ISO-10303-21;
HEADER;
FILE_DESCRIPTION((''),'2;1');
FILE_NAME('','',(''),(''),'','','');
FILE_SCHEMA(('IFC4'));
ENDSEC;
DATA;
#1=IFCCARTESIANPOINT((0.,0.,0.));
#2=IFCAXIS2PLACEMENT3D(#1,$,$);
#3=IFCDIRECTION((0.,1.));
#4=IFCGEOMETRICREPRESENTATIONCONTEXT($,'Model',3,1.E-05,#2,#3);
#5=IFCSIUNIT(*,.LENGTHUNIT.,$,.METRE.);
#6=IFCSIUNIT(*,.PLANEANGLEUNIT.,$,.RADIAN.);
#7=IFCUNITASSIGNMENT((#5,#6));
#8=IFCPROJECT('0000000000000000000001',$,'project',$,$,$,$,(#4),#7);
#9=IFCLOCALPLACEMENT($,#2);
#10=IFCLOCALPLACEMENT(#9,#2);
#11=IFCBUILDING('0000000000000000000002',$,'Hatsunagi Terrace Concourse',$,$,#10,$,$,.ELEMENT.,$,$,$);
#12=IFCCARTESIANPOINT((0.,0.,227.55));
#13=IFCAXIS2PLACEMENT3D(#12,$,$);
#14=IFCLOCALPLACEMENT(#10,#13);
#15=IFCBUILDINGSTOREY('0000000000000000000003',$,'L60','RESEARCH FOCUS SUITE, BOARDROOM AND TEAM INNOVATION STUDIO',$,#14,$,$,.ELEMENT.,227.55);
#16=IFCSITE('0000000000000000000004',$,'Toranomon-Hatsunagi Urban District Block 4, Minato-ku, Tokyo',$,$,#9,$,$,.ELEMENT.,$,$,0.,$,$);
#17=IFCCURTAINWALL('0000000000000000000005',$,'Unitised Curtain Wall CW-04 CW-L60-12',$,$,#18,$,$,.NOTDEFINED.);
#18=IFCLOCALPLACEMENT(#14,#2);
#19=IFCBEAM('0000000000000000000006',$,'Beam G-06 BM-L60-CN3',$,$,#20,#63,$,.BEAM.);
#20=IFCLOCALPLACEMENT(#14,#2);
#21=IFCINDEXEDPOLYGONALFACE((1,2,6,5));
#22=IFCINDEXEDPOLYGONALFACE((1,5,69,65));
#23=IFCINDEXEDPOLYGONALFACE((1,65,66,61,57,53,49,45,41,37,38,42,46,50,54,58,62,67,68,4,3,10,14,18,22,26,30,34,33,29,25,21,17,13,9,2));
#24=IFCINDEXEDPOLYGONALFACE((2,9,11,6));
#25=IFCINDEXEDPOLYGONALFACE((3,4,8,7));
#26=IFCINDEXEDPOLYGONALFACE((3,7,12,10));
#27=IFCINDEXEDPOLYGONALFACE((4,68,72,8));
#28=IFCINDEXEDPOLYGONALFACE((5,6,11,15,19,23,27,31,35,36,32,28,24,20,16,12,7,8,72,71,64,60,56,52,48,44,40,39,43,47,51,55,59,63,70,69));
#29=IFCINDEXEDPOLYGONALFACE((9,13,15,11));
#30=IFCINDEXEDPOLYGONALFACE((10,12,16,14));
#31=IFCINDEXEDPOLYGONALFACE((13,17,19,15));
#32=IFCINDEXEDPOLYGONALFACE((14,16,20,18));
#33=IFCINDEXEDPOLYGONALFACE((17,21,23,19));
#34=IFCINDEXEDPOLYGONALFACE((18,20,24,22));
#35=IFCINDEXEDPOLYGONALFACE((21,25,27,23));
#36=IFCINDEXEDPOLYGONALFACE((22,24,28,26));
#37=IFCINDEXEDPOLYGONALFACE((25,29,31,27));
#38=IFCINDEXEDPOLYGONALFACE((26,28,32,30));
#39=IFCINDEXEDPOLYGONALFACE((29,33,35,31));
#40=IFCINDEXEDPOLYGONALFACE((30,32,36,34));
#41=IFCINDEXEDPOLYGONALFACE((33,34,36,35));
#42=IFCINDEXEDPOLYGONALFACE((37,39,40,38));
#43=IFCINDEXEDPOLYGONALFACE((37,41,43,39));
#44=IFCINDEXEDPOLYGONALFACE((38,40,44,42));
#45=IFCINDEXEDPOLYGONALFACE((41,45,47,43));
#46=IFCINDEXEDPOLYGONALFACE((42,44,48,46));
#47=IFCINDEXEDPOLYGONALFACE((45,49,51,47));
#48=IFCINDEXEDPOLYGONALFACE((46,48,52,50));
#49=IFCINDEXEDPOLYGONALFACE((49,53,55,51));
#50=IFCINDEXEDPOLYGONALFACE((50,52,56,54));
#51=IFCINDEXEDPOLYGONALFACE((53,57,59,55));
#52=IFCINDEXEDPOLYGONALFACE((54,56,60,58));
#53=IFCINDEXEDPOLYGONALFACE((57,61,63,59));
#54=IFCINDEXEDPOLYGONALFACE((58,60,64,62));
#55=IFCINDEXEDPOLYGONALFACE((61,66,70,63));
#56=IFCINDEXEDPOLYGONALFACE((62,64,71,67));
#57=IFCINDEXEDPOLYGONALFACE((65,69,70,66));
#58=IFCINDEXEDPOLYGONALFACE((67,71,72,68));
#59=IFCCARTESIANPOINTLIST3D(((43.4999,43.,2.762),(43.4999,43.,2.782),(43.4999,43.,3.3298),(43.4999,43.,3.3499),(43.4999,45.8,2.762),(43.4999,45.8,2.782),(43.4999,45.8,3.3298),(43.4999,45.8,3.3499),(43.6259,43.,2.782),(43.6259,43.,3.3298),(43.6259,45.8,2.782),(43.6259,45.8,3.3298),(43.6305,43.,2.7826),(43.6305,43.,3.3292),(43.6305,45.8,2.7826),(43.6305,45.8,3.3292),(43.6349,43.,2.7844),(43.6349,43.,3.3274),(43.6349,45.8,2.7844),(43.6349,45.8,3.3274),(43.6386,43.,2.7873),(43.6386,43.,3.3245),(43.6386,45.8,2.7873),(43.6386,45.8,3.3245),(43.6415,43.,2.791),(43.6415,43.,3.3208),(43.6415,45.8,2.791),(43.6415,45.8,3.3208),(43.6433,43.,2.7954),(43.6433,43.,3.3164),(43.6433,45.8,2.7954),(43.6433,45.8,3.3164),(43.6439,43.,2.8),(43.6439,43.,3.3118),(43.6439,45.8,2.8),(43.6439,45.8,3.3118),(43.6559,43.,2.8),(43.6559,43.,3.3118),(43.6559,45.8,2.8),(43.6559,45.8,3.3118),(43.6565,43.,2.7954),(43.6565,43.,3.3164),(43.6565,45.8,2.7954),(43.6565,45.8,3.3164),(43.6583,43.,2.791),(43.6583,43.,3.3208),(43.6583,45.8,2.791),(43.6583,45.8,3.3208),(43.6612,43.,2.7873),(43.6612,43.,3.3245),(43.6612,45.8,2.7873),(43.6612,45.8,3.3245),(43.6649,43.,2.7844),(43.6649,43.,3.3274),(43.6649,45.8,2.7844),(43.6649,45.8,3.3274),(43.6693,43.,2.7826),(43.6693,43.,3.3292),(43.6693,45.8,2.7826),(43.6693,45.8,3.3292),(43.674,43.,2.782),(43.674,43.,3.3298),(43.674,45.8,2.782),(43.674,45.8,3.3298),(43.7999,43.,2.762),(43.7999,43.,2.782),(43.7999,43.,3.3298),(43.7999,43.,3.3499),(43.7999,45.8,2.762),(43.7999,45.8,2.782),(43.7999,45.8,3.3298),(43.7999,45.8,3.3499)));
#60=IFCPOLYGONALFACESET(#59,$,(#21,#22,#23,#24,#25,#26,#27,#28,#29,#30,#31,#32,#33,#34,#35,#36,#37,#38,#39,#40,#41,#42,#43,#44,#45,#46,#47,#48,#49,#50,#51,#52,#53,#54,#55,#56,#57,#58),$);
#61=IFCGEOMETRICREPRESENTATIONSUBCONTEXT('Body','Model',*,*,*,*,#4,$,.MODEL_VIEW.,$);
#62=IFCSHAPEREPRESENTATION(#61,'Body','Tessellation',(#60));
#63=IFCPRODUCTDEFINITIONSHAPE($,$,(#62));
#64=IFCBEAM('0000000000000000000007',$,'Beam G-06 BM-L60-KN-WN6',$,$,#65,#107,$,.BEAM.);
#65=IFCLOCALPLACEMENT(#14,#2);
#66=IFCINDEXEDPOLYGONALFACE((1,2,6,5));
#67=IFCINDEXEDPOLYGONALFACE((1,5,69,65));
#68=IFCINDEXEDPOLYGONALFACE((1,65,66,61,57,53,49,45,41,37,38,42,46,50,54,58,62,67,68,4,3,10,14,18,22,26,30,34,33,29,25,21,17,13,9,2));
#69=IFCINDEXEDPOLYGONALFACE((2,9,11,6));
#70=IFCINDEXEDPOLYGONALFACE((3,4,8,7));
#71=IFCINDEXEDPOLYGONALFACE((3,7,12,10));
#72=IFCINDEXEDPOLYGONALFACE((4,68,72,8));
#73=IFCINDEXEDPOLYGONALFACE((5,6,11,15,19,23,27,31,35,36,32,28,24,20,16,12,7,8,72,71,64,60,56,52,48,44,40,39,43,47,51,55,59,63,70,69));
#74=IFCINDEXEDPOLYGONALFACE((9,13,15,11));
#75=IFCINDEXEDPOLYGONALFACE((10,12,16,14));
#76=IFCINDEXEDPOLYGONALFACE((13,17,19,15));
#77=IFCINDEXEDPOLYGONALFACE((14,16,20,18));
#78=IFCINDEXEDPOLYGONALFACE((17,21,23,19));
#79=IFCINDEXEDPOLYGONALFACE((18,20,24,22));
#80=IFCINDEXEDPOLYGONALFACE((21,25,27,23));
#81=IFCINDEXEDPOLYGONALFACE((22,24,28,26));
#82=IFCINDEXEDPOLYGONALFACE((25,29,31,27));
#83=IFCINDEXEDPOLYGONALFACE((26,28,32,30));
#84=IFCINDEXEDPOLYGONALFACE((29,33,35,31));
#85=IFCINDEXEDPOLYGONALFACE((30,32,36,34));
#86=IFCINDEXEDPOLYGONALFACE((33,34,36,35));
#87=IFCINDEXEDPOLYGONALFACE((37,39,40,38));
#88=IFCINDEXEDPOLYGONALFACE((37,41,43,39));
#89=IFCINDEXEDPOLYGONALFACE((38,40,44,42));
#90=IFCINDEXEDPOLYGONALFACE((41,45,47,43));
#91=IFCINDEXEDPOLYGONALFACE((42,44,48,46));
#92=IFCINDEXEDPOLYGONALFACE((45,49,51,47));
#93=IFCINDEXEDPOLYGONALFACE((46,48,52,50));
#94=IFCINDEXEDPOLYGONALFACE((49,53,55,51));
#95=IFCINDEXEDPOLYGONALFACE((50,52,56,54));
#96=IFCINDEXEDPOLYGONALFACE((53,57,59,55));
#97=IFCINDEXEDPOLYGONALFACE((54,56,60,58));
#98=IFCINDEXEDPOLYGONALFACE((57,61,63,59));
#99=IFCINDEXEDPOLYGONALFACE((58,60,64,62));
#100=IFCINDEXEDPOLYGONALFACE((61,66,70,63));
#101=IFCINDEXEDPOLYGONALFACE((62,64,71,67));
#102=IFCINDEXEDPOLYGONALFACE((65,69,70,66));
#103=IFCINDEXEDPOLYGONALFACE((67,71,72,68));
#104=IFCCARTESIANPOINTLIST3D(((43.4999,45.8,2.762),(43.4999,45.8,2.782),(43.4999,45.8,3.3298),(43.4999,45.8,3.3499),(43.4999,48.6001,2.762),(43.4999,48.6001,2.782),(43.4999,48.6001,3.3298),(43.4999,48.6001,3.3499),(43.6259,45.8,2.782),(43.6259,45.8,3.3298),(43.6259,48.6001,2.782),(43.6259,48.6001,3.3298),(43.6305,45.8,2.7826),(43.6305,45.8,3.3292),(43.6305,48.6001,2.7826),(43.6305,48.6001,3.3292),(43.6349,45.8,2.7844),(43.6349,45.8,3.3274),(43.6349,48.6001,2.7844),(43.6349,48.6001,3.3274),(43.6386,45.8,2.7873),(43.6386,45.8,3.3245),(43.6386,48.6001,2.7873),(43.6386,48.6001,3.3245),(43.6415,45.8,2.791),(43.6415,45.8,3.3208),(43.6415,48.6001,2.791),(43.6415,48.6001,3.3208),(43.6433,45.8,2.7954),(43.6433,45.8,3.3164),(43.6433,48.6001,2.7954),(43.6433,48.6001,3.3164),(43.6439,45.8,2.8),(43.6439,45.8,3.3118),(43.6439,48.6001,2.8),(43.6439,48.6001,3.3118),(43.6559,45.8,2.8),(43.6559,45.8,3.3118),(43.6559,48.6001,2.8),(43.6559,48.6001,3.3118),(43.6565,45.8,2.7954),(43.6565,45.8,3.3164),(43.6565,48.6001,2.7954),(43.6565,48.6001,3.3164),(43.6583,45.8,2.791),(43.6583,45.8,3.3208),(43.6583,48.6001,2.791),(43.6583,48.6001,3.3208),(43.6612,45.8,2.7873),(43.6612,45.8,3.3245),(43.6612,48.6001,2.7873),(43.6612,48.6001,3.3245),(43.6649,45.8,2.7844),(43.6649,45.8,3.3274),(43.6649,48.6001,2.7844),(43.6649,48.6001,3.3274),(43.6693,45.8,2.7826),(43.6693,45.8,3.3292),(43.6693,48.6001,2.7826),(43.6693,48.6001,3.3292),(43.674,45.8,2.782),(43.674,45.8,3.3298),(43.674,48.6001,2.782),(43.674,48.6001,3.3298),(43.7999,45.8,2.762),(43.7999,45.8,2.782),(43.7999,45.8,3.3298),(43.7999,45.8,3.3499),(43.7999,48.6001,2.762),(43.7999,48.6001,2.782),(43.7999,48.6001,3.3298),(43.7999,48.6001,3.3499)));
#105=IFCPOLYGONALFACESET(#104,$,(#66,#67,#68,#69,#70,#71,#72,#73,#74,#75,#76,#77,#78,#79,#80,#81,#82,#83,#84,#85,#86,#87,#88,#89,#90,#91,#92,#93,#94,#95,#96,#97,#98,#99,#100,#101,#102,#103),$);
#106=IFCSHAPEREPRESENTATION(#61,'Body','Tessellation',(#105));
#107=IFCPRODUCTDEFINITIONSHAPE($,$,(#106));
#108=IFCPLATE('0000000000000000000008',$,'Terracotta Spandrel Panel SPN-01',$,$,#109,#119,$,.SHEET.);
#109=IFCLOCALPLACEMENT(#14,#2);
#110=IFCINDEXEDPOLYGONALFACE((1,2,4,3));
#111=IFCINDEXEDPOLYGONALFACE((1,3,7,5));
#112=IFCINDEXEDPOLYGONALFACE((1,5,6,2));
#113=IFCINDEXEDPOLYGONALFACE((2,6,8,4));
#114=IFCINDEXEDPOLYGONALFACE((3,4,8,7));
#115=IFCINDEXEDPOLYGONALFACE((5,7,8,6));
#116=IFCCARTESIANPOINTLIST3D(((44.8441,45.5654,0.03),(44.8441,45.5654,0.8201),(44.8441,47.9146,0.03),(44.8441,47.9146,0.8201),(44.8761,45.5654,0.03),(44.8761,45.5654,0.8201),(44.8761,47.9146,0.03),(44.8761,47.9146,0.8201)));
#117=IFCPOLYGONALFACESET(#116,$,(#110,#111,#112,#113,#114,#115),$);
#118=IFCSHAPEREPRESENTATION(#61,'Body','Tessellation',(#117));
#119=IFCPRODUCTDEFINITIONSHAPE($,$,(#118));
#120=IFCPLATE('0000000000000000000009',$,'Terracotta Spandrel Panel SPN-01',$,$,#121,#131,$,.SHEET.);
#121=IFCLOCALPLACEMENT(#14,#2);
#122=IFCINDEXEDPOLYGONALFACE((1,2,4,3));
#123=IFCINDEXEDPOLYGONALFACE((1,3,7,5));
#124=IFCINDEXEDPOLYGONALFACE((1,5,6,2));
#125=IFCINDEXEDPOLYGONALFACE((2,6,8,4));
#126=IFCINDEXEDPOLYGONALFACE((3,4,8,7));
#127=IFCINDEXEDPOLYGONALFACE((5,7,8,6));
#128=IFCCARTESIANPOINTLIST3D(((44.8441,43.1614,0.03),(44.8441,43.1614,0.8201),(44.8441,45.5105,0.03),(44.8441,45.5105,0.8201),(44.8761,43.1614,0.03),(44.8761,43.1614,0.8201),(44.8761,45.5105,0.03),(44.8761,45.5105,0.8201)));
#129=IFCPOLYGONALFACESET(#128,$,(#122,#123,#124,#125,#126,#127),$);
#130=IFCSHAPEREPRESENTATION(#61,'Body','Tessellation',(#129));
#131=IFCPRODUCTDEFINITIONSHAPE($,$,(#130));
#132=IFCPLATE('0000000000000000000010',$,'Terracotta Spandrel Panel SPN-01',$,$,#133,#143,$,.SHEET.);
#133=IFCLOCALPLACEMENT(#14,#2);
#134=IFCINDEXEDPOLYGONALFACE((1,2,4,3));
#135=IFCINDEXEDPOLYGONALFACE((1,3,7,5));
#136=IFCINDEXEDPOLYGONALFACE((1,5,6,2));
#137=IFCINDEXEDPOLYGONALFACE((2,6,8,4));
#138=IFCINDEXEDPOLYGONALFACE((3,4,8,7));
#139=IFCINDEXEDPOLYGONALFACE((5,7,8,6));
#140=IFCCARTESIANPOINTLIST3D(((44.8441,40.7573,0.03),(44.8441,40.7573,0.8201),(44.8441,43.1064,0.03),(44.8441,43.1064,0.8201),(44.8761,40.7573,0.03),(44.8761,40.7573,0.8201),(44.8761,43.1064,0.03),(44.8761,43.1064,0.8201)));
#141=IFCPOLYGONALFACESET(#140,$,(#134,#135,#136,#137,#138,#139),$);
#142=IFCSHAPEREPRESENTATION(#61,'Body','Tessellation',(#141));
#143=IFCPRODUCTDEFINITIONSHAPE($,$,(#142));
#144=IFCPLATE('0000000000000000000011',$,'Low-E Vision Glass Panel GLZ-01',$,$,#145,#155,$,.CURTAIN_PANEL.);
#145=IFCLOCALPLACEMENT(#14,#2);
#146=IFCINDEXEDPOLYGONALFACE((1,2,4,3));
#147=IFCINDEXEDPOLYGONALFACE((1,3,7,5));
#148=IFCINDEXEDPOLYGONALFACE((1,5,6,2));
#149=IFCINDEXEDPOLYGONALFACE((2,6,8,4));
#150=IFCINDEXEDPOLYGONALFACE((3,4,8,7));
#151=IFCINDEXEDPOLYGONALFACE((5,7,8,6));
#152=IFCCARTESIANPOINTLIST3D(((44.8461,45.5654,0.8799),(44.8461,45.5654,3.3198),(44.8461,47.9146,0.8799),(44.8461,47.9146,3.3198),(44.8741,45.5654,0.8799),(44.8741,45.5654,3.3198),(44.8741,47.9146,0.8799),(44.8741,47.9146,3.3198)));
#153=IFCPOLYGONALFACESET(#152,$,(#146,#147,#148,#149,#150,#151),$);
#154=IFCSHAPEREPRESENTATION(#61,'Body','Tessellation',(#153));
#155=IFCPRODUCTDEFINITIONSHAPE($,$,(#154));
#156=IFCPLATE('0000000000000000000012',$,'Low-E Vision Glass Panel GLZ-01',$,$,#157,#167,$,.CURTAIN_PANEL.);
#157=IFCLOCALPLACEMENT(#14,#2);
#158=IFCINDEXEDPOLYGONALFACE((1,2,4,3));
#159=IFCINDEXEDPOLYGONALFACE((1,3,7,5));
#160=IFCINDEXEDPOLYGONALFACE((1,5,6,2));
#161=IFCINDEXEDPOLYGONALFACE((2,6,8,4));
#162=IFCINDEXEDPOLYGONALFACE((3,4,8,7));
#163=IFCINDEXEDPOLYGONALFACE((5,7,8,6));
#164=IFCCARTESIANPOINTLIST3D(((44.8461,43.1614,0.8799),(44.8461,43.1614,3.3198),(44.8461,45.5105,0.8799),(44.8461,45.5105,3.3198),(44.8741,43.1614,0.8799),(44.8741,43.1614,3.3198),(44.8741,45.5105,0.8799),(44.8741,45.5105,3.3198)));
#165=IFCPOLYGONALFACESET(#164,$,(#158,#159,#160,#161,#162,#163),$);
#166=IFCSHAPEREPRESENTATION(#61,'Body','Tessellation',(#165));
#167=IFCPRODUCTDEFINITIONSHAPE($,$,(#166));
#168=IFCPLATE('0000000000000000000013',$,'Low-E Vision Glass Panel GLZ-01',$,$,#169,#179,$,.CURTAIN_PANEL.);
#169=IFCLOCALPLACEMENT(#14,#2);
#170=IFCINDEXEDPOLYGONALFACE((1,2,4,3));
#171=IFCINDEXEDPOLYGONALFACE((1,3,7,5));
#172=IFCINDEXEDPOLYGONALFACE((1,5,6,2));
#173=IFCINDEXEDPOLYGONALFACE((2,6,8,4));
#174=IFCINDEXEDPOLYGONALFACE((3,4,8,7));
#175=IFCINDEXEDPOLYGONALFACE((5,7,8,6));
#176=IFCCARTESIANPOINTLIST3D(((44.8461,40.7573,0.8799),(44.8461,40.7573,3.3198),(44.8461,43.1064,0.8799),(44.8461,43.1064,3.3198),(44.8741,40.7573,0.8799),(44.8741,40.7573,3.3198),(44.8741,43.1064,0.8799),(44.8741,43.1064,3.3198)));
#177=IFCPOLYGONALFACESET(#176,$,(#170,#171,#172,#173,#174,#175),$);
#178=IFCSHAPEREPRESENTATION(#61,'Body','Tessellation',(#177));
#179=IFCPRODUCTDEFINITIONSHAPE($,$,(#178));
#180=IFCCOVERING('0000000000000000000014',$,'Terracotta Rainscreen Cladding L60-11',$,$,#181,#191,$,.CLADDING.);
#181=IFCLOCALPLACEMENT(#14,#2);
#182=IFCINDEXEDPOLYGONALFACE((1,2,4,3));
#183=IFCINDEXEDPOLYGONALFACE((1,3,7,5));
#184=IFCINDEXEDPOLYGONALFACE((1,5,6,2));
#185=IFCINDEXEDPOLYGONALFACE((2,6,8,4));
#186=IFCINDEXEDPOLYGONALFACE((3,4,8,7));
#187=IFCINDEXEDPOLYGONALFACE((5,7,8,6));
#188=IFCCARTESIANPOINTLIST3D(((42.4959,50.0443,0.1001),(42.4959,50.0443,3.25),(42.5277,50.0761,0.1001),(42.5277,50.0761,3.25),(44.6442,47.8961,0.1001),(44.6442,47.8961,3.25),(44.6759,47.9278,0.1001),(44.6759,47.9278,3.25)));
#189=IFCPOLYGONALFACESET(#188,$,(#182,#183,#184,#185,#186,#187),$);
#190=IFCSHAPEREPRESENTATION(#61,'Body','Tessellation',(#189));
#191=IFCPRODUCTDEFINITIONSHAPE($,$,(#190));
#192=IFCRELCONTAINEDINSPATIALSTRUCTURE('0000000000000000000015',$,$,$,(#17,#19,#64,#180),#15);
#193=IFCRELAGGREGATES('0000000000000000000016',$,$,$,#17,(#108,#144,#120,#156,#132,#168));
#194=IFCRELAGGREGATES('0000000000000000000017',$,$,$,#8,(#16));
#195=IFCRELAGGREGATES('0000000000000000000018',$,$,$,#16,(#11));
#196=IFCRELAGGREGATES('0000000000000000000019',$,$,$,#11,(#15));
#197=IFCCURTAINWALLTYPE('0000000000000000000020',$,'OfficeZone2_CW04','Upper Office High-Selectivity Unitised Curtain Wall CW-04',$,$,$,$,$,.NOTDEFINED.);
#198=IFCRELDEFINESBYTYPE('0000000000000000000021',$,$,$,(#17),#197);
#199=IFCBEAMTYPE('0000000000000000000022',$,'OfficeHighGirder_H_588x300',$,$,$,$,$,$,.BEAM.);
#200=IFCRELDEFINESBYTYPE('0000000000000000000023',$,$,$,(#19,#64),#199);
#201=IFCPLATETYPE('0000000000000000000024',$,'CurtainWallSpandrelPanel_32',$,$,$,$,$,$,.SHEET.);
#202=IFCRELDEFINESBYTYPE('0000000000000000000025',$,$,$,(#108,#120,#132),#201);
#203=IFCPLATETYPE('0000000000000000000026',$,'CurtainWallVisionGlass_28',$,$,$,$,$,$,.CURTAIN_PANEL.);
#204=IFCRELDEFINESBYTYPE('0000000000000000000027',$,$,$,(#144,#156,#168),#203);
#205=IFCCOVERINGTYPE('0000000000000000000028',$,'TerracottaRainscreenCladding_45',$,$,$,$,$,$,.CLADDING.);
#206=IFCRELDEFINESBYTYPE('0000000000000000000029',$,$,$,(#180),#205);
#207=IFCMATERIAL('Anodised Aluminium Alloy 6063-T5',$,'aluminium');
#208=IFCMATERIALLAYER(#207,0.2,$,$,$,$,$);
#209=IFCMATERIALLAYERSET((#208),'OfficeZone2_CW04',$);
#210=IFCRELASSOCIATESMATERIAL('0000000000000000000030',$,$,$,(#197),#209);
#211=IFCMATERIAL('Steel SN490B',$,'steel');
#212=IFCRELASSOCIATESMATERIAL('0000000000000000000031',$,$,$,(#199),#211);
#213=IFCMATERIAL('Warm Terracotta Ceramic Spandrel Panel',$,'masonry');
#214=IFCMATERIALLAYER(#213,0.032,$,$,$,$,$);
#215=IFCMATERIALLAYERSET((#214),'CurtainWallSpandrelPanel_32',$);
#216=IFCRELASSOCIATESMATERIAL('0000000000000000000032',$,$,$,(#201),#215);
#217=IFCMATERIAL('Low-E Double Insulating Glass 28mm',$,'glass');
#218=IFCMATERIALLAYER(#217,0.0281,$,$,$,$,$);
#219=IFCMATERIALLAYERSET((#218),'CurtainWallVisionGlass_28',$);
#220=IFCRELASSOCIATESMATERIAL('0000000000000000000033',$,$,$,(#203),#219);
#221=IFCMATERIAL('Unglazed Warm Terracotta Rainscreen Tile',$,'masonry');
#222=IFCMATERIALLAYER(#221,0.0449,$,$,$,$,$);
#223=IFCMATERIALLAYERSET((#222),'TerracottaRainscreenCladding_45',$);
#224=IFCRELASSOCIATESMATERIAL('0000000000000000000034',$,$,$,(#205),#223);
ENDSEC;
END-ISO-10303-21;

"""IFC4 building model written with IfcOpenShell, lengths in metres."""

from ifc_helpers import new_model, si_unit, direction, frame, origin, origin_2d, place, context, subcontext, project, spatial, rectangle, i_section, extrude, material, layer, layer_set, material_profile, profile_set, type_object, element, aggregate, save


model = new_model("IFC4")

# Units and contexts
model_context = context("Model", 3, precision=1e-05, world=origin(), true_north=direction((0.0, 1.0)))
body_context = subcontext(model_context, "Body", "Model", "MODEL_VIEW")
ifc_project = project(units=[si_unit("LENGTHUNIT", "METRE"), si_unit("PLANEANGLEUNIT", "RADIAN")], contexts=[model_context])

# Site, building, storey
site_placement = place(None, origin())
site = spatial("IfcSite", under=ifc_project, at=site_placement, Name="Toranomon-Hatsunagi Urban District Block 4, Minato-ku, Tokyo", CompositionType="ELEMENT", RefElevation=0.0)
building_placement = place(site_placement, origin())
building = spatial("IfcBuilding", under=site, at=building_placement, Name="Hatsunagi Terrace Concourse", CompositionType="ELEMENT")
storey_placement = place(building_placement, frame((0.0, 0.0, 227.55)))
storey = spatial("IfcBuildingStorey", under=building, at=storey_placement, Name="L60", Description="RESEARCH FOCUS SUITE, BOARDROOM AND TEAM INNOVATION STUDIO", CompositionType="ELEMENT", Elevation=227.55)

# Curtain wall
ifc_material_1 = material(Name="Anodised Aluminium Alloy 6063-T5", Category="aluminium")
ifc_layer_1 = layer(ifc_material_1, 0.2)
ifc_layer_set_1 = layer_set([ifc_layer_1], Name="OfficeZone2_CW04")
curtain_wall_type = type_object("IfcCurtainWallType", Name="OfficeZone2_CW04", Description="Upper Office High-Selectivity Unitised Curtain Wall CW-04", PredefinedType="NOTDEFINED", material=ifc_layer_set_1)
curtain_wall_placement = place(storey_placement, origin())
curtain_wall = element("IfcCurtainWall", 1, at=curtain_wall_placement, inside=storey, type_object=curtain_wall_type, Name="Unitised Curtain Wall CW-04 CW-L60-12", PredefinedType="NOTDEFINED")

# Beams
ifc_material_2 = material(Name="Steel SN490B", Category="steel")
ifc_material_profile_1 = material_profile(ifc_material_2, i_section(OverallWidth=0.3, OverallDepth=0.5879, WebThickness=0.012, FlangeThickness=0.02, FilletRadius=0.0181, at=origin_2d()), Name="H-588x300x12x20")
ifc_profile_set_1 = profile_set([ifc_material_profile_1], Name="Steel SN490B")
beam_type = type_object("IfcBeamType", Name="OfficeHighGirder_H_588x300", PredefinedType="BEAM", material=ifc_profile_set_1)
for number, where, z_axis, x_axis, name in (
    (2, (43.6499, 43.0, 3.0559), (0.0, 1.0, 0.0), (-1.0, 0.0, 0.0), "Beam G-06 BM-L60-CN3"),
    (3, (43.6499, 45.8, 3.0559), (0.0, 1.0, 0.0), (-1.0, 0.0, 0.0), "Beam G-06 BM-L60-KN-WN6"),
):
    element("IfcBeam", number, at=place(storey_placement, frame(where, z_axis=z_axis, x_axis=x_axis)), inside=storey, type_object=beam_type, Name=name, PredefinedType="BEAM", context=body_context, shape_type="SweptSolid", body=[
        extrude(i_section(OverallWidth=0.3, OverallDepth=0.5879, WebThickness=0.012, FlangeThickness=0.02, FilletRadius=0.0181, at=origin_2d()), origin(), (0.0, 0.0, 1.0), 2.8),
    ])

# Plates
ifc_material_3 = material(Name="Warm Terracotta Ceramic Spandrel Panel", Category="masonry")
ifc_layer_2 = layer(ifc_material_3, 0.032)
ifc_layer_set_2 = layer_set([ifc_layer_2], Name="CurtainWallSpandrelPanel_32")
plate_type_1 = type_object("IfcPlateType", Name="CurtainWallSpandrelPanel_32", PredefinedType="SHEET", material=ifc_layer_set_2)
plate_1_placement = place(storey_placement, frame((44.8601, 46.74, 0.03), z_axis=(0.0, 0.0, 1.0), x_axis=(0.0, -1.0, 0.0)))
plate_1 = element("IfcPlate", 4, at=plate_1_placement, type_object=plate_type_1, Name="Terracotta Spandrel Panel SPN-01", PredefinedType="SHEET", context=body_context, shape_type="SweptSolid", body=[
    extrude(rectangle(XDim=2.3491, YDim=0.032, at=origin_2d()), origin(), (0.0, 0.0, 1.0), 0.79),
])
plate_2_placement = place(storey_placement, frame((44.8601, 44.3359, 0.03), z_axis=(0.0, 0.0, 1.0), x_axis=(0.0, -1.0, 0.0)))
plate_2 = element("IfcPlate", 5, at=plate_2_placement, type_object=plate_type_1, Name="Terracotta Spandrel Panel SPN-01", PredefinedType="SHEET", context=body_context, shape_type="SweptSolid", body=[
    extrude(rectangle(XDim=2.3491, YDim=0.032, at=origin_2d()), origin(), (0.0, 0.0, 1.0), 0.79),
])
plate_3_placement = place(storey_placement, frame((44.8601, 41.9319, 0.03), z_axis=(0.0, 0.0, 1.0), x_axis=(0.0, -1.0, 0.0)))
plate_3 = element("IfcPlate", 6, at=plate_3_placement, type_object=plate_type_1, Name="Terracotta Spandrel Panel SPN-01", PredefinedType="SHEET", context=body_context, shape_type="SweptSolid", body=[
    extrude(rectangle(XDim=2.3491, YDim=0.032, at=origin_2d()), origin(), (0.0, 0.0, 1.0), 0.79),
])
ifc_material_4 = material(Name="Low-E Double Insulating Glass 28mm", Category="glass")
ifc_layer_3 = layer(ifc_material_4, 0.0281)
ifc_layer_set_3 = layer_set([ifc_layer_3], Name="CurtainWallVisionGlass_28")
plate_type_2 = type_object("IfcPlateType", Name="CurtainWallVisionGlass_28", PredefinedType="CURTAIN_PANEL", material=ifc_layer_set_3)
plate_4_placement = place(storey_placement, frame((44.8601, 46.74, 0.8799), z_axis=(0.0, 0.0, 1.0), x_axis=(0.0, -1.0, 0.0)))
plate_4 = element("IfcPlate", 7, at=plate_4_placement, type_object=plate_type_2, Name="Low-E Vision Glass Panel GLZ-01", PredefinedType="CURTAIN_PANEL", context=body_context, shape_type="SweptSolid", body=[
    extrude(rectangle(XDim=2.3491, YDim=0.0281, at=origin_2d()), origin(), (0.0, 0.0, 1.0), 2.4399),
])
plate_5_placement = place(storey_placement, frame((44.8601, 44.3359, 0.8799), z_axis=(0.0, 0.0, 1.0), x_axis=(0.0, -1.0, 0.0)))
plate_5 = element("IfcPlate", 8, at=plate_5_placement, type_object=plate_type_2, Name="Low-E Vision Glass Panel GLZ-01", PredefinedType="CURTAIN_PANEL", context=body_context, shape_type="SweptSolid", body=[
    extrude(rectangle(XDim=2.3491, YDim=0.0281, at=origin_2d()), origin(), (0.0, 0.0, 1.0), 2.4399),
])
plate_6_placement = place(storey_placement, frame((44.8601, 41.9319, 0.8799), z_axis=(0.0, 0.0, 1.0), x_axis=(0.0, -1.0, 0.0)))
plate_6 = element("IfcPlate", 9, at=plate_6_placement, type_object=plate_type_2, Name="Low-E Vision Glass Panel GLZ-01", PredefinedType="CURTAIN_PANEL", context=body_context, shape_type="SweptSolid", body=[
    extrude(rectangle(XDim=2.3491, YDim=0.0281, at=origin_2d()), origin(), (0.0, 0.0, 1.0), 2.4399),
])
aggregate(curtain_wall, [plate_1, plate_4, plate_2, plate_5, plate_3, plate_6])

# Covering
ifc_material_5 = material(Name="Unglazed Warm Terracotta Rainscreen Tile", Category="masonry")
ifc_layer_4 = layer(ifc_material_5, 0.0449)
ifc_layer_set_4 = layer_set([ifc_layer_4], Name="TerracottaRainscreenCladding_45")
covering_type = type_object("IfcCoveringType", Name="TerracottaRainscreenCladding_45", PredefinedType="CLADDING", material=ifc_layer_set_4)
covering_placement = place(storey_placement, frame((43.5859, 48.9861, 0.1001), z_axis=(0.0, 0.0, 1.0), x_axis=(0.707107, -0.707107, 0.0)))
element("IfcCovering", 10, at=covering_placement, inside=storey, type_object=covering_type, Name="Terracotta Rainscreen Cladding L60-11", PredefinedType="CLADDING", context=body_context, shape_type="SweptSolid", body=[
    extrude(rectangle(XDim=3.0381, YDim=0.0449, at=origin_2d()), origin(), (0.0, 0.0, 1.0), 3.1499),
])

save(model, "model.ifc")
